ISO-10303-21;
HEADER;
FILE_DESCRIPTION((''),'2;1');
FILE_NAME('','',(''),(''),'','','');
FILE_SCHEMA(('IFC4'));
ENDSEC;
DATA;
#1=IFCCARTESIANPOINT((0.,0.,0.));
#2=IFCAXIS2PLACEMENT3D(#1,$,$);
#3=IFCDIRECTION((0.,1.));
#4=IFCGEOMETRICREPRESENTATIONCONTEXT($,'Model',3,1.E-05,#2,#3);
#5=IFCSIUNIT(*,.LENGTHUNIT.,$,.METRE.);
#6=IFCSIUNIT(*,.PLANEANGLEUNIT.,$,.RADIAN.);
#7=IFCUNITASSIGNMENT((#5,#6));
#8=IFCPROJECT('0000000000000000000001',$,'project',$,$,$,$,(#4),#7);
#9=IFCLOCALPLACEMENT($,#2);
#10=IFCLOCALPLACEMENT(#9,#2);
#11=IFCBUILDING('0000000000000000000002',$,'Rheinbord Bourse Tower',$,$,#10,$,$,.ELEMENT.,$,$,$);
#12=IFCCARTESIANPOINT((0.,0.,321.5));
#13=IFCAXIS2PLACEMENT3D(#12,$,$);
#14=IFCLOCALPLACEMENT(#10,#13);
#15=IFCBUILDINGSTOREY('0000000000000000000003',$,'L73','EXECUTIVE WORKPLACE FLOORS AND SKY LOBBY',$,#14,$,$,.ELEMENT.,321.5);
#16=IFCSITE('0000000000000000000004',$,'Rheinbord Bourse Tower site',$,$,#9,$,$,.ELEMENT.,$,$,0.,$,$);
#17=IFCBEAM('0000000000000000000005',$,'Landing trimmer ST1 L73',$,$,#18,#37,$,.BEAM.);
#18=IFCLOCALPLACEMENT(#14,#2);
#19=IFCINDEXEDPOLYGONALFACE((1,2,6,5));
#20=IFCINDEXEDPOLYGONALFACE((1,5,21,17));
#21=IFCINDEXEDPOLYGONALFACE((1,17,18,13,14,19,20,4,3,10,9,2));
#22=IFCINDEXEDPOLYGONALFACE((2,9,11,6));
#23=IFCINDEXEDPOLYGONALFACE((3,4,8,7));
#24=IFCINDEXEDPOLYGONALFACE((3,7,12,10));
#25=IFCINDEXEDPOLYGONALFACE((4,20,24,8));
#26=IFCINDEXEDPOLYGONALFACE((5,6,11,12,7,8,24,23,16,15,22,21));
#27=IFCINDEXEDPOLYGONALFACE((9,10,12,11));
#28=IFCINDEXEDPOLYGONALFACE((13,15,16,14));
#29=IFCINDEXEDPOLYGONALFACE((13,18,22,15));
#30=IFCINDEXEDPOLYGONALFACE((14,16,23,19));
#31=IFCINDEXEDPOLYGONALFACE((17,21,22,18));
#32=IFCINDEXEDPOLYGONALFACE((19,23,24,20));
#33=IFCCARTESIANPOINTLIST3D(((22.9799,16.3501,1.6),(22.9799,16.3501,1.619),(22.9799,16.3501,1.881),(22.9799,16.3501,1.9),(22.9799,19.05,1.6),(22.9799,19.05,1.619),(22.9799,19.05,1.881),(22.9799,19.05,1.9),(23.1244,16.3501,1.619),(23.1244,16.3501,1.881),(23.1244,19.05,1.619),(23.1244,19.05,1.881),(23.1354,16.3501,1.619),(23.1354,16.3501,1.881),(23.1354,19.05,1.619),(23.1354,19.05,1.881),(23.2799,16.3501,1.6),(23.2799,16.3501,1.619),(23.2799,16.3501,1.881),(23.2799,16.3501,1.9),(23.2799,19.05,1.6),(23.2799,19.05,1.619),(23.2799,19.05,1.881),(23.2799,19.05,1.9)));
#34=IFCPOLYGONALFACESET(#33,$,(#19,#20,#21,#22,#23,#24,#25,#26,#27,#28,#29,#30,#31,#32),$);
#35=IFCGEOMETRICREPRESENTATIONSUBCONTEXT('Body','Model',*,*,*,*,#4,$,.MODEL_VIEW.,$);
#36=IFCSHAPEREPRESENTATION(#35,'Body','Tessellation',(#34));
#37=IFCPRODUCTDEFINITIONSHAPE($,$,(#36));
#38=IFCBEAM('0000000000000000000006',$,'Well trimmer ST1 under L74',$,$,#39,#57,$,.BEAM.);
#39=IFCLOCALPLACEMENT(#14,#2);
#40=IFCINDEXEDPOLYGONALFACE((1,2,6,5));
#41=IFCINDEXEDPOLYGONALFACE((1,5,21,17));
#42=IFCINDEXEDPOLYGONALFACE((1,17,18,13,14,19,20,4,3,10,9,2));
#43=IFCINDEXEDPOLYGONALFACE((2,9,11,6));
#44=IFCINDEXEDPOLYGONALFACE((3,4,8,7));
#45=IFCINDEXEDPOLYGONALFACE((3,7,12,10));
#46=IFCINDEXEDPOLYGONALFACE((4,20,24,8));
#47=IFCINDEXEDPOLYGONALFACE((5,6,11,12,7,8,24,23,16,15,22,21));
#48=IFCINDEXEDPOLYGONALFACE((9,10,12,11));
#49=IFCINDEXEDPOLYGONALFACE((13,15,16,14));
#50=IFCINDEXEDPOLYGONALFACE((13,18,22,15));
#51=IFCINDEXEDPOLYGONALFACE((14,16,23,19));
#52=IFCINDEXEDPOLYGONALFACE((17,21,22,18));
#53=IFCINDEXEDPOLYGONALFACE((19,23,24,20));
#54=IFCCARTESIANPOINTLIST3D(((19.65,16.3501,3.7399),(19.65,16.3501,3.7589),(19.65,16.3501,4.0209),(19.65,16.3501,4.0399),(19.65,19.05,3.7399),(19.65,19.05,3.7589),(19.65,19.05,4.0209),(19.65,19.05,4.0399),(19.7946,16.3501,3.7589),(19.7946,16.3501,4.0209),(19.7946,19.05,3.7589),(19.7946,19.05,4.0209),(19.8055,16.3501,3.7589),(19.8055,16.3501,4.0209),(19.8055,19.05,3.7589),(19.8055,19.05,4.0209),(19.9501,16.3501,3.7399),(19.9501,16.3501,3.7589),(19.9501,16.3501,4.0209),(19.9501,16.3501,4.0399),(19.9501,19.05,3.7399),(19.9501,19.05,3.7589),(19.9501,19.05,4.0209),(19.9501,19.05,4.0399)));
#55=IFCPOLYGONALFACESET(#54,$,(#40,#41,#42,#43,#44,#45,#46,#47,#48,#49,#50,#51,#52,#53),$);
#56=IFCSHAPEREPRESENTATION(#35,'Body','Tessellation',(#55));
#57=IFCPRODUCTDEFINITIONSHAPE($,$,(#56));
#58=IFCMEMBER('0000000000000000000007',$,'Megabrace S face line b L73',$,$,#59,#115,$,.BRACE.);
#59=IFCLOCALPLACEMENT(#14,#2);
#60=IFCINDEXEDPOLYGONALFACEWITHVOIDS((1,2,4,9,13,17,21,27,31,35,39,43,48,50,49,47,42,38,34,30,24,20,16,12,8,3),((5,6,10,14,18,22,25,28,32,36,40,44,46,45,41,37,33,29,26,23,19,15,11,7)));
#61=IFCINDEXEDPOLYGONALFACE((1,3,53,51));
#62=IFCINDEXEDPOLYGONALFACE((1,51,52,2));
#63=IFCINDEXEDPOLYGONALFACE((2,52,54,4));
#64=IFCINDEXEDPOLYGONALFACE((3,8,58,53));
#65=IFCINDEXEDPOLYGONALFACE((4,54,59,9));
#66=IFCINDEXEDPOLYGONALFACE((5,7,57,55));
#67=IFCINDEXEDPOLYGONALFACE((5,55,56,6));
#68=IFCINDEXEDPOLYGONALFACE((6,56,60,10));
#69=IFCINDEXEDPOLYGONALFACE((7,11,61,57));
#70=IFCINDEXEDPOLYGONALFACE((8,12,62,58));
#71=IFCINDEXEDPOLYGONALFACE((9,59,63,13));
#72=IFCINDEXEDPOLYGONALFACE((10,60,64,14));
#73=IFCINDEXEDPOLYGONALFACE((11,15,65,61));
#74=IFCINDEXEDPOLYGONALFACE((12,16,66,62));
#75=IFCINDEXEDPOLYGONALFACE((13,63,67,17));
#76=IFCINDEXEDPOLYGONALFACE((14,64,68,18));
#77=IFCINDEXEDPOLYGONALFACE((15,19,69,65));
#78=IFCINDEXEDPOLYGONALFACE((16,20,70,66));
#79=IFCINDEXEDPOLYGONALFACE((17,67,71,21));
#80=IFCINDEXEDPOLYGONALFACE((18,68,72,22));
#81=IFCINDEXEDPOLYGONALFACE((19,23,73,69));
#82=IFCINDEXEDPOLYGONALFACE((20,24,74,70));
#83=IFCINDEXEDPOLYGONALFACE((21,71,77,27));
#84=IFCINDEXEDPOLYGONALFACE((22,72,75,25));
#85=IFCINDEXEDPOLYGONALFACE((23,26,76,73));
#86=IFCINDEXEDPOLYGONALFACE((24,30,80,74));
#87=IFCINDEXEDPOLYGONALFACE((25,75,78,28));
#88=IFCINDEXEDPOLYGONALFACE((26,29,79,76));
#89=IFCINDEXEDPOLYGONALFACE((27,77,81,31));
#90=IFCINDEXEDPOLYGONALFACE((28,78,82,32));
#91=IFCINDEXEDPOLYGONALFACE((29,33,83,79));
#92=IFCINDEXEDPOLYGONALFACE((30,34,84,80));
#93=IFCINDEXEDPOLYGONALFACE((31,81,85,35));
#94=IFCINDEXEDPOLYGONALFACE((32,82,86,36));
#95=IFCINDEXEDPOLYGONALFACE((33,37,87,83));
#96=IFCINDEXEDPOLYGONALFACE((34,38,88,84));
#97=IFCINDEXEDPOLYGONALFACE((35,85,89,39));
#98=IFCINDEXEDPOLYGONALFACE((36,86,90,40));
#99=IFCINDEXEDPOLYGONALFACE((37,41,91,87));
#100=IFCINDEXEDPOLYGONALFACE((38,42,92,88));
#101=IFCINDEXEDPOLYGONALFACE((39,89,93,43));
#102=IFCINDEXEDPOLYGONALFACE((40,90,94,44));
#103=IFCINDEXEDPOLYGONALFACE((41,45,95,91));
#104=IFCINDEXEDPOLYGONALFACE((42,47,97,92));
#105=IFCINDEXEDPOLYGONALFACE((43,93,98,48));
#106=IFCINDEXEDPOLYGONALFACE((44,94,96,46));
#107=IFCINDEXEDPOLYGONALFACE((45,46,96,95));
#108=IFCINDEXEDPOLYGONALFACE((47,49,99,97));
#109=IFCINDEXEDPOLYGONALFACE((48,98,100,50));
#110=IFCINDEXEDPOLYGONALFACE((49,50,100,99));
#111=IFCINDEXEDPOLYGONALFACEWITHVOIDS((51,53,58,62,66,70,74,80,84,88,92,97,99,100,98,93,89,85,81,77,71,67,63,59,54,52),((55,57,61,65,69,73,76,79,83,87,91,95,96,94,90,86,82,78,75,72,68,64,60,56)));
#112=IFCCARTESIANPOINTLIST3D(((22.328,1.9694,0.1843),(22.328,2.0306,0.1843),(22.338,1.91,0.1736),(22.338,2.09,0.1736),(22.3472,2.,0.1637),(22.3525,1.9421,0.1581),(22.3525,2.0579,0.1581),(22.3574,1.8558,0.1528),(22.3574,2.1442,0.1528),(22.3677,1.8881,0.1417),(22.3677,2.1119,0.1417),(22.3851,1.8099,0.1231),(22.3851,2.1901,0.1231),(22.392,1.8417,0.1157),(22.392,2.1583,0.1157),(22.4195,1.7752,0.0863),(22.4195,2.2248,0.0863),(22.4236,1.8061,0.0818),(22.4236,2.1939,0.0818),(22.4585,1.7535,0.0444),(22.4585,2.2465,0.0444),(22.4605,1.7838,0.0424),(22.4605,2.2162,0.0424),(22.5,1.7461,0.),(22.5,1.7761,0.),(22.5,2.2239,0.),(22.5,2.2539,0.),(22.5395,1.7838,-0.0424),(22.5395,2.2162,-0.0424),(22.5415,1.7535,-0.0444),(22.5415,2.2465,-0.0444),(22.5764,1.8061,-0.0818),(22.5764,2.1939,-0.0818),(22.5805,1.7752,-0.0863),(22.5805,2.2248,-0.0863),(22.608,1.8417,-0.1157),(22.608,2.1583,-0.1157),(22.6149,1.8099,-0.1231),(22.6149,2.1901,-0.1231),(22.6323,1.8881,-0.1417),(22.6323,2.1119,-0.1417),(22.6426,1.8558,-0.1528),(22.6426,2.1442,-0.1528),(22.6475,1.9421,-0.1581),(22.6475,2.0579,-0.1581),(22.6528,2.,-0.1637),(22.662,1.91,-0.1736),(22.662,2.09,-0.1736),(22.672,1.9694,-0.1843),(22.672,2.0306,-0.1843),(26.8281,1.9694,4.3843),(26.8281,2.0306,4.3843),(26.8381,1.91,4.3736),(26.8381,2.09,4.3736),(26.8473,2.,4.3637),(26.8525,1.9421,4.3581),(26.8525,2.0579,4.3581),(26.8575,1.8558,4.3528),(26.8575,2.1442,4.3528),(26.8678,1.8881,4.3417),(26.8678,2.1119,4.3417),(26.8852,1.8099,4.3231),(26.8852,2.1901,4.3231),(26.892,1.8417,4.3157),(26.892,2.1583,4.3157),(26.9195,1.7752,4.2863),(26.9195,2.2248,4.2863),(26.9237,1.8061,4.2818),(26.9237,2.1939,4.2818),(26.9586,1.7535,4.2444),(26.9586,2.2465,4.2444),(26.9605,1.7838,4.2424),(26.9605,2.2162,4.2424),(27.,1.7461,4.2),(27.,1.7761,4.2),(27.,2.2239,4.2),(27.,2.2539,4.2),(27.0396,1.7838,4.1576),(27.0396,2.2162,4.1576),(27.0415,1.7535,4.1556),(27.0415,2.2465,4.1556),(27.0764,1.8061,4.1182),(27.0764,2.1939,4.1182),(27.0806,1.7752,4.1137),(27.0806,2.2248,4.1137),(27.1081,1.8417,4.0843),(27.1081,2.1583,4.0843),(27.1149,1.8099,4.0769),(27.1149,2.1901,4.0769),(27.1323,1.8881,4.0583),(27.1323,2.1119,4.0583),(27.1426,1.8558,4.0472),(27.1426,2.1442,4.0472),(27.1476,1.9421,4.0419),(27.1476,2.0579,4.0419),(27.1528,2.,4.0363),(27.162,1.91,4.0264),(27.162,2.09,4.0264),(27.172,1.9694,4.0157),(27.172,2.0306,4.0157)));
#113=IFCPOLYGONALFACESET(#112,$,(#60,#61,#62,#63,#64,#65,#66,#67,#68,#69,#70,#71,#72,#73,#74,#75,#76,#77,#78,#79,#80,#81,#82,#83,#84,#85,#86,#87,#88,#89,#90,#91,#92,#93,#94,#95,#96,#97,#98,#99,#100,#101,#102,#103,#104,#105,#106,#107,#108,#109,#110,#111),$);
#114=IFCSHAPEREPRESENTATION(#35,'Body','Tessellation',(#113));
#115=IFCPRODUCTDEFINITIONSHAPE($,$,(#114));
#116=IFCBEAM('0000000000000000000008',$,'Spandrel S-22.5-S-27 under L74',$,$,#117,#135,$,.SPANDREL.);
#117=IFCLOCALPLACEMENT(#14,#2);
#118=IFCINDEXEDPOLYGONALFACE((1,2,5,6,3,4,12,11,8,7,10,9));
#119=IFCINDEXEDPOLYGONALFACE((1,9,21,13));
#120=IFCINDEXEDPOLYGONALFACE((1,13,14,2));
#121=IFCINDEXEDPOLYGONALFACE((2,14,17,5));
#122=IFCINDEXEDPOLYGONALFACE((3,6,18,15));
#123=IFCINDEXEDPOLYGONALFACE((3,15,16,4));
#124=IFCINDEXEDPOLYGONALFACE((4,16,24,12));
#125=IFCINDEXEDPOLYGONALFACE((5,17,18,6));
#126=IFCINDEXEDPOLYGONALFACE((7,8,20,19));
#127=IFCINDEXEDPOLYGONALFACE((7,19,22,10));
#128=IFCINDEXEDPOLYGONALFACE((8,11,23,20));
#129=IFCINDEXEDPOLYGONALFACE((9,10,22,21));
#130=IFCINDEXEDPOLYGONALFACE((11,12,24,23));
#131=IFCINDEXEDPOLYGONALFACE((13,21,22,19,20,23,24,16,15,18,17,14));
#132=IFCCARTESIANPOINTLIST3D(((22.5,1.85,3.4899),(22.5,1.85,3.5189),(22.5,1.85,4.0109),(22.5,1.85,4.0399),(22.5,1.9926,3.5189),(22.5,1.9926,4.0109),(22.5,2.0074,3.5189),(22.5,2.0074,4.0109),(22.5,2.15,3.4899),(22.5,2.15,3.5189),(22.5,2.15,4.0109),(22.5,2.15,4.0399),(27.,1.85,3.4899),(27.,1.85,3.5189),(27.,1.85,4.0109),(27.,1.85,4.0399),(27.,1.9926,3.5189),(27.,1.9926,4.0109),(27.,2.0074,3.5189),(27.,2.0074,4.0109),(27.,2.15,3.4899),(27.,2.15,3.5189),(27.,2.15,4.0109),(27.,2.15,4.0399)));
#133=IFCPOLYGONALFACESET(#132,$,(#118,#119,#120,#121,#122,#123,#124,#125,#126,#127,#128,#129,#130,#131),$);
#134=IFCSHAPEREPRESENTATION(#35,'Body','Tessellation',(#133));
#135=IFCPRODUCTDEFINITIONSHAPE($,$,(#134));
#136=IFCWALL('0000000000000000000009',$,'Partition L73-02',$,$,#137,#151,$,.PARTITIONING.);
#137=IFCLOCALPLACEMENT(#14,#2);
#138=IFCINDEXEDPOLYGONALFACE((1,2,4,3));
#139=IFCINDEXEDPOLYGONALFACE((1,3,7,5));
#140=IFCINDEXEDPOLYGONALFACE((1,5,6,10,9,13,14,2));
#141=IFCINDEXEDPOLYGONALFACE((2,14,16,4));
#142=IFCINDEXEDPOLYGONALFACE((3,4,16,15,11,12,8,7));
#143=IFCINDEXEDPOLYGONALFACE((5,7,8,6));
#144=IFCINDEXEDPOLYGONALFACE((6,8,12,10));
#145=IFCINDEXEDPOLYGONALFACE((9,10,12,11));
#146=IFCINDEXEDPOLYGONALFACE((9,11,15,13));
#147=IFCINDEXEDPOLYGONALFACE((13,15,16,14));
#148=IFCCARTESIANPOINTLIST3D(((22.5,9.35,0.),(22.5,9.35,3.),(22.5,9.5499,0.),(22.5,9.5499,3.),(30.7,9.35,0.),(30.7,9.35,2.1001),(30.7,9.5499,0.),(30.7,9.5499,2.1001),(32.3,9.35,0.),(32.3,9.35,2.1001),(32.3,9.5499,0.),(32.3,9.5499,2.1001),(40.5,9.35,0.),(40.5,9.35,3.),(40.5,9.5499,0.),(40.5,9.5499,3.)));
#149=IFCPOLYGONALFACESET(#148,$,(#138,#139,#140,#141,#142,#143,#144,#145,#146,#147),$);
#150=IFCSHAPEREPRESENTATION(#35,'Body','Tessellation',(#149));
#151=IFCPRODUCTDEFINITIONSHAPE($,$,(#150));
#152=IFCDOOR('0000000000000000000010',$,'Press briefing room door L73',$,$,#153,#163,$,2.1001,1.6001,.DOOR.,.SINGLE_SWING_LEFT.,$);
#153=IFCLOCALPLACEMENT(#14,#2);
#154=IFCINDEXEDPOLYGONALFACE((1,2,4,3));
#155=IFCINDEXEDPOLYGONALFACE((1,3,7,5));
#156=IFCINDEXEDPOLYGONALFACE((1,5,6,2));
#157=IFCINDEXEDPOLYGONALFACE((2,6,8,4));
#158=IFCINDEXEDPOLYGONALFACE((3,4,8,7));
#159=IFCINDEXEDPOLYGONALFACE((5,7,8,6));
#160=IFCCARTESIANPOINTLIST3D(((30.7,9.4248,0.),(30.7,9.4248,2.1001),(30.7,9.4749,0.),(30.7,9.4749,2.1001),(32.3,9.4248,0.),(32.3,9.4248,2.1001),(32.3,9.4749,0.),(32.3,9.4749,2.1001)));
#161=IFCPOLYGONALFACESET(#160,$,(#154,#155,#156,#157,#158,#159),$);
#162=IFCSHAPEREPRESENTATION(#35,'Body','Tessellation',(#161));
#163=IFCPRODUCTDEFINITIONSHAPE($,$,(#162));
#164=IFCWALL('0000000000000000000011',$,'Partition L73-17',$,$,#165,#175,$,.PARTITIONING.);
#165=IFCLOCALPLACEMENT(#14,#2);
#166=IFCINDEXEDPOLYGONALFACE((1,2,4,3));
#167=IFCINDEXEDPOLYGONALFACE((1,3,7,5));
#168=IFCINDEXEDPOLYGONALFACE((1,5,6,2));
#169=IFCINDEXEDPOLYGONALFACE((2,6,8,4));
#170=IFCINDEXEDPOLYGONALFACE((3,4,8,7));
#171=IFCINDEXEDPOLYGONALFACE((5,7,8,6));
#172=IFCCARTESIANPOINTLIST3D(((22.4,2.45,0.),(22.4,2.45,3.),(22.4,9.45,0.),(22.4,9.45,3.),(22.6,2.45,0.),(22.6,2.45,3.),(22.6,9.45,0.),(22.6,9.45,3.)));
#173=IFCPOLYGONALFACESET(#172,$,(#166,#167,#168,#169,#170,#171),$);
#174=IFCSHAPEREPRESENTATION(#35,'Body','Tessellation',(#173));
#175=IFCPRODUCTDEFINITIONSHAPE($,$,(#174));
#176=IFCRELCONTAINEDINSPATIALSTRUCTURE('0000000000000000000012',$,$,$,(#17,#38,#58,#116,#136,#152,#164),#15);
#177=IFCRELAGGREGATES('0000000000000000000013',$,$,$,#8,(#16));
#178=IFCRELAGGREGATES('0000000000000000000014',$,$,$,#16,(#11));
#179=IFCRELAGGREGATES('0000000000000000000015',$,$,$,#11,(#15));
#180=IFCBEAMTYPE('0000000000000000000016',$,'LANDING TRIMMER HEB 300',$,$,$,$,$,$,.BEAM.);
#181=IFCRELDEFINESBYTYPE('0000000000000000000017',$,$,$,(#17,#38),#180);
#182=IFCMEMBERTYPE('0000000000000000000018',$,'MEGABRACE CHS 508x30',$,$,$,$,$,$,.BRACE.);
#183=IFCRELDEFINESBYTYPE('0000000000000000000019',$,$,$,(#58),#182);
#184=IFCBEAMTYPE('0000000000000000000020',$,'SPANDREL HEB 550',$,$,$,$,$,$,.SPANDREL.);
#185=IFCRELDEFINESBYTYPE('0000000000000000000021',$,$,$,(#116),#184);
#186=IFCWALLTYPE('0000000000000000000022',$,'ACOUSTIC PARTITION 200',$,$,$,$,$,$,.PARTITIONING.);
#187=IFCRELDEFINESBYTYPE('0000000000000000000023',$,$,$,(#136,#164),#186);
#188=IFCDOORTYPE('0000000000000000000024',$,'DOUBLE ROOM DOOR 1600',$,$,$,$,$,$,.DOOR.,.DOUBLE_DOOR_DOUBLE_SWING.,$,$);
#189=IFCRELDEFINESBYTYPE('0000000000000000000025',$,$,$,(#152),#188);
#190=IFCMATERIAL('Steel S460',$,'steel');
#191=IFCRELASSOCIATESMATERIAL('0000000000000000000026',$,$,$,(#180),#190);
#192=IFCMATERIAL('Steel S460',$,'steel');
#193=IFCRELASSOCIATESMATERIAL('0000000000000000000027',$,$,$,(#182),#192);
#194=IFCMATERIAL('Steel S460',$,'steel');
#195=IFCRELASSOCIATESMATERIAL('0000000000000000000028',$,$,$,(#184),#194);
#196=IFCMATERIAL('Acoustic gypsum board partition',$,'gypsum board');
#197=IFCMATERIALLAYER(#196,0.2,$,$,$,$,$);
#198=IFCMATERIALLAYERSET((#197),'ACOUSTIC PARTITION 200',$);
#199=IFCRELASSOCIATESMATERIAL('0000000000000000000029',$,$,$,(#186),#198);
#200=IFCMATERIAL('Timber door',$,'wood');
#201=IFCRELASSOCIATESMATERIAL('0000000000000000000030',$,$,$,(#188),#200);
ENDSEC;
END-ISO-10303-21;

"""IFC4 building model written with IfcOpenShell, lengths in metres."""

from ifc_helpers import new_model, si_unit, direction, frame, frame_2d, origin, origin_2d, place, context, subcontext, project, spatial, rectangle, hollow_circle, i_section, extrude, material, layer, layer_set, material_profile, profile_set, type_object, element, fill, save


model = new_model("IFC4")

# Units and contexts
model_context = context("Model", 3, precision=1e-05, world=origin(), true_north=direction((0.0, 1.0)))
body_context = subcontext(model_context, "Body", "Model", "MODEL_VIEW")
ifc_project = project(units=[si_unit("LENGTHUNIT", "METRE"), si_unit("PLANEANGLEUNIT", "RADIAN")], contexts=[model_context])

# Site, building, storey
site_placement = place(None, origin())
site = spatial("IfcSite", under=ifc_project, at=site_placement, Name="Rheinbord Bourse Tower site", CompositionType="ELEMENT", RefElevation=0.0)
building_placement = place(site_placement, origin())
building = spatial("IfcBuilding", under=site, at=building_placement, Name="Rheinbord Bourse Tower", CompositionType="ELEMENT")
storey_placement = place(building_placement, frame((0.0, 0.0, 321.5)))
storey = spatial("IfcBuildingStorey", under=building, at=storey_placement, Name="L73", Description="EXECUTIVE WORKPLACE FLOORS AND SKY LOBBY", CompositionType="ELEMENT", Elevation=321.5)

# Beams
ifc_material_1 = material(Name="Steel S460", Category="steel")
ifc_material_profile_1 = material_profile(ifc_material_1, i_section(OverallWidth=0.3, OverallDepth=0.3, WebThickness=0.011, FlangeThickness=0.019, at=origin_2d()), Name="HEB 300")
ifc_profile_set_1 = profile_set([ifc_material_profile_1], Name="Steel S460")
beam_type_1 = type_object("IfcBeamType", Name="LANDING TRIMMER HEB 300", PredefinedType="BEAM", material=ifc_profile_set_1)
for number, where, z_axis, x_axis, name in (
    (1, (23.1299, 16.3501, 1.75), (0.0, 1.0, 0.0), (-1.0, 0.0, 0.0), "Landing trimmer ST1 L73"),
    (2, (19.8, 16.3501, 3.8899), (0.0, 1.0, 0.0), (-1.0, 0.0, 0.0), "Well trimmer ST1 under L74"),
):
    element("IfcBeam", number, at=place(storey_placement, frame(where, z_axis=z_axis, x_axis=x_axis)), inside=storey, type_object=beam_type_1, Name=name, PredefinedType="BEAM", context=body_context, shape_type="SweptSolid", body=[
        extrude(i_section(OverallWidth=0.3, OverallDepth=0.3, WebThickness=0.011, FlangeThickness=0.019, at=origin_2d()), origin(), (0.0, 0.0, 1.0), 2.7),
    ])

# Member
ifc_material_2 = material(Name="Steel S460", Category="steel")
ifc_material_profile_2 = material_profile(ifc_material_2, hollow_circle(Radius=0.2539, WallThickness=0.03, at=origin_2d()), Name="CHS 508x30")
ifc_profile_set_2 = profile_set([ifc_material_profile_2], Name="Steel S460")
member_type = type_object("IfcMemberType", Name="MEGABRACE CHS 508x30", PredefinedType="BRACE", material=ifc_profile_set_2)
member_placement = place(storey_placement, frame((22.5, 2.0, 0.0), z_axis=(0.731059, 0.0, 0.682314), x_axis=(0.0, 1.0, 0.0)))
element("IfcMember", 3, at=member_placement, inside=storey, type_object=member_type, Name="Megabrace S face line b L73", PredefinedType="BRACE", context=body_context, shape_type="SweptSolid", body=[
    extrude(hollow_circle(Radius=0.2539, WallThickness=0.03, at=origin_2d()), origin(), (0.0, 0.0, 1.0), 6.1555),
])

# Beam
ifc_material_3 = material(Name="Steel S460", Category="steel")
ifc_material_profile_3 = material_profile(ifc_material_3, i_section(OverallWidth=0.3, OverallDepth=0.55, WebThickness=0.0149, FlangeThickness=0.0291, at=origin_2d()), Name="HEB 550")
ifc_profile_set_3 = profile_set([ifc_material_profile_3], Name="Steel S460")
beam_type_2 = type_object("IfcBeamType", Name="SPANDREL HEB 550", PredefinedType="SPANDREL", material=ifc_profile_set_3)
beam_placement = place(storey_placement, frame((22.5, 2.0, 3.7649), z_axis=(1.0, 0.0, 0.0), x_axis=(0.0, 1.0, 0.0)))
element("IfcBeam", 4, at=beam_placement, inside=storey, type_object=beam_type_2, Name="Spandrel S-22.5-S-27 under L74", PredefinedType="SPANDREL", context=body_context, shape_type="SweptSolid", body=[
    extrude(i_section(OverallWidth=0.3, OverallDepth=0.55, WebThickness=0.0149, FlangeThickness=0.0291, at=origin_2d()), origin(), (0.0, 0.0, 1.0), 4.5),
])

# Wall, opening, door
ifc_material_4 = material(Name="Acoustic gypsum board partition", Category="gypsum board")
ifc_layer_1 = layer(ifc_material_4, 0.2)
ifc_layer_set_1 = layer_set([ifc_layer_1], Name="ACOUSTIC PARTITION 200")
wall_type_1 = type_object("IfcWallType", Name="ACOUSTIC PARTITION 200", PredefinedType="PARTITIONING", material=ifc_layer_set_1)
wall_1_placement = place(storey_placement, frame((22.5, 9.45, 0.0), z_axis=(0.0, 0.0, 1.0), x_axis=(1.0, 0.0, 0.0)))
wall_1 = element("IfcWall", 5, at=wall_1_placement, inside=storey, type_object=wall_type_1, Name="Partition L73-02", PredefinedType="PARTITIONING", context=body_context, shape_type="SweptSolid", body=[
    extrude(rectangle(XDim=18.0, YDim=0.2, at=frame_2d((9.0, 0.0))), origin(), (0.0, 0.0, 1.0), 3.0),
])
opening_1_placement = place(wall_1_placement, frame((8.2, 0.0, 0.0)))
opening_1 = element("IfcOpeningElement", 6, at=opening_1_placement, cuts=wall_1, PredefinedType="OPENING", context=body_context, shape_type="SweptSolid", body=[
    extrude(rectangle(XDim=1.6001, YDim=2.1001, at=frame_2d((0.8, 1.05))), frame((0.0, 0.1099, 0.0), z_axis=(0.0, -1.0, 0.0), x_axis=(1.0, 0.0, 0.0)), (0.0, 0.0, 1.0), 0.22),
])
ifc_material_5 = material(Name="Timber door", Category="wood")
door_type_1 = type_object("IfcDoorType", Name="DOUBLE ROOM DOOR 1600", OperationType="DOUBLE_DOOR_DOUBLE_SWING", PredefinedType="DOOR", material=ifc_material_5)
door_1_placement = place(opening_1_placement, origin())
door_1 = element("IfcDoor", 7, at=door_1_placement, inside=storey, type_object=door_type_1, Name="Press briefing room door L73", OperationType="SINGLE_SWING_LEFT", OverallHeight=2.1001, OverallWidth=1.6001, PredefinedType="DOOR", context=body_context, shape_type="SweptSolid", body=[
    extrude(rectangle(XDim=1.6001, YDim=2.1001, at=frame_2d((0.8, 1.05))), frame((0.0, 0.0249, 0.0), z_axis=(0.0, -1.0, 0.0), x_axis=(1.0, 0.0, 0.0)), (0.0, 0.0, 1.0), 0.05),
])
fill(opening_1, door_1)

# Wall
wall_2_placement = place(storey_placement, frame((22.5, 2.45, 0.0), z_axis=(0.0, 0.0, 1.0), x_axis=(0.0, 1.0, 0.0)))
element("IfcWall", 8, at=wall_2_placement, inside=storey, type_object=wall_type_1, Name="Partition L73-17", PredefinedType="PARTITIONING", context=body_context, shape_type="SweptSolid", body=[
    extrude(rectangle(XDim=7.0, YDim=0.2, at=frame_2d((3.5, 0.0))), origin(), (0.0, 0.0, 1.0), 3.0),
])

save(model, "model.ifc")
